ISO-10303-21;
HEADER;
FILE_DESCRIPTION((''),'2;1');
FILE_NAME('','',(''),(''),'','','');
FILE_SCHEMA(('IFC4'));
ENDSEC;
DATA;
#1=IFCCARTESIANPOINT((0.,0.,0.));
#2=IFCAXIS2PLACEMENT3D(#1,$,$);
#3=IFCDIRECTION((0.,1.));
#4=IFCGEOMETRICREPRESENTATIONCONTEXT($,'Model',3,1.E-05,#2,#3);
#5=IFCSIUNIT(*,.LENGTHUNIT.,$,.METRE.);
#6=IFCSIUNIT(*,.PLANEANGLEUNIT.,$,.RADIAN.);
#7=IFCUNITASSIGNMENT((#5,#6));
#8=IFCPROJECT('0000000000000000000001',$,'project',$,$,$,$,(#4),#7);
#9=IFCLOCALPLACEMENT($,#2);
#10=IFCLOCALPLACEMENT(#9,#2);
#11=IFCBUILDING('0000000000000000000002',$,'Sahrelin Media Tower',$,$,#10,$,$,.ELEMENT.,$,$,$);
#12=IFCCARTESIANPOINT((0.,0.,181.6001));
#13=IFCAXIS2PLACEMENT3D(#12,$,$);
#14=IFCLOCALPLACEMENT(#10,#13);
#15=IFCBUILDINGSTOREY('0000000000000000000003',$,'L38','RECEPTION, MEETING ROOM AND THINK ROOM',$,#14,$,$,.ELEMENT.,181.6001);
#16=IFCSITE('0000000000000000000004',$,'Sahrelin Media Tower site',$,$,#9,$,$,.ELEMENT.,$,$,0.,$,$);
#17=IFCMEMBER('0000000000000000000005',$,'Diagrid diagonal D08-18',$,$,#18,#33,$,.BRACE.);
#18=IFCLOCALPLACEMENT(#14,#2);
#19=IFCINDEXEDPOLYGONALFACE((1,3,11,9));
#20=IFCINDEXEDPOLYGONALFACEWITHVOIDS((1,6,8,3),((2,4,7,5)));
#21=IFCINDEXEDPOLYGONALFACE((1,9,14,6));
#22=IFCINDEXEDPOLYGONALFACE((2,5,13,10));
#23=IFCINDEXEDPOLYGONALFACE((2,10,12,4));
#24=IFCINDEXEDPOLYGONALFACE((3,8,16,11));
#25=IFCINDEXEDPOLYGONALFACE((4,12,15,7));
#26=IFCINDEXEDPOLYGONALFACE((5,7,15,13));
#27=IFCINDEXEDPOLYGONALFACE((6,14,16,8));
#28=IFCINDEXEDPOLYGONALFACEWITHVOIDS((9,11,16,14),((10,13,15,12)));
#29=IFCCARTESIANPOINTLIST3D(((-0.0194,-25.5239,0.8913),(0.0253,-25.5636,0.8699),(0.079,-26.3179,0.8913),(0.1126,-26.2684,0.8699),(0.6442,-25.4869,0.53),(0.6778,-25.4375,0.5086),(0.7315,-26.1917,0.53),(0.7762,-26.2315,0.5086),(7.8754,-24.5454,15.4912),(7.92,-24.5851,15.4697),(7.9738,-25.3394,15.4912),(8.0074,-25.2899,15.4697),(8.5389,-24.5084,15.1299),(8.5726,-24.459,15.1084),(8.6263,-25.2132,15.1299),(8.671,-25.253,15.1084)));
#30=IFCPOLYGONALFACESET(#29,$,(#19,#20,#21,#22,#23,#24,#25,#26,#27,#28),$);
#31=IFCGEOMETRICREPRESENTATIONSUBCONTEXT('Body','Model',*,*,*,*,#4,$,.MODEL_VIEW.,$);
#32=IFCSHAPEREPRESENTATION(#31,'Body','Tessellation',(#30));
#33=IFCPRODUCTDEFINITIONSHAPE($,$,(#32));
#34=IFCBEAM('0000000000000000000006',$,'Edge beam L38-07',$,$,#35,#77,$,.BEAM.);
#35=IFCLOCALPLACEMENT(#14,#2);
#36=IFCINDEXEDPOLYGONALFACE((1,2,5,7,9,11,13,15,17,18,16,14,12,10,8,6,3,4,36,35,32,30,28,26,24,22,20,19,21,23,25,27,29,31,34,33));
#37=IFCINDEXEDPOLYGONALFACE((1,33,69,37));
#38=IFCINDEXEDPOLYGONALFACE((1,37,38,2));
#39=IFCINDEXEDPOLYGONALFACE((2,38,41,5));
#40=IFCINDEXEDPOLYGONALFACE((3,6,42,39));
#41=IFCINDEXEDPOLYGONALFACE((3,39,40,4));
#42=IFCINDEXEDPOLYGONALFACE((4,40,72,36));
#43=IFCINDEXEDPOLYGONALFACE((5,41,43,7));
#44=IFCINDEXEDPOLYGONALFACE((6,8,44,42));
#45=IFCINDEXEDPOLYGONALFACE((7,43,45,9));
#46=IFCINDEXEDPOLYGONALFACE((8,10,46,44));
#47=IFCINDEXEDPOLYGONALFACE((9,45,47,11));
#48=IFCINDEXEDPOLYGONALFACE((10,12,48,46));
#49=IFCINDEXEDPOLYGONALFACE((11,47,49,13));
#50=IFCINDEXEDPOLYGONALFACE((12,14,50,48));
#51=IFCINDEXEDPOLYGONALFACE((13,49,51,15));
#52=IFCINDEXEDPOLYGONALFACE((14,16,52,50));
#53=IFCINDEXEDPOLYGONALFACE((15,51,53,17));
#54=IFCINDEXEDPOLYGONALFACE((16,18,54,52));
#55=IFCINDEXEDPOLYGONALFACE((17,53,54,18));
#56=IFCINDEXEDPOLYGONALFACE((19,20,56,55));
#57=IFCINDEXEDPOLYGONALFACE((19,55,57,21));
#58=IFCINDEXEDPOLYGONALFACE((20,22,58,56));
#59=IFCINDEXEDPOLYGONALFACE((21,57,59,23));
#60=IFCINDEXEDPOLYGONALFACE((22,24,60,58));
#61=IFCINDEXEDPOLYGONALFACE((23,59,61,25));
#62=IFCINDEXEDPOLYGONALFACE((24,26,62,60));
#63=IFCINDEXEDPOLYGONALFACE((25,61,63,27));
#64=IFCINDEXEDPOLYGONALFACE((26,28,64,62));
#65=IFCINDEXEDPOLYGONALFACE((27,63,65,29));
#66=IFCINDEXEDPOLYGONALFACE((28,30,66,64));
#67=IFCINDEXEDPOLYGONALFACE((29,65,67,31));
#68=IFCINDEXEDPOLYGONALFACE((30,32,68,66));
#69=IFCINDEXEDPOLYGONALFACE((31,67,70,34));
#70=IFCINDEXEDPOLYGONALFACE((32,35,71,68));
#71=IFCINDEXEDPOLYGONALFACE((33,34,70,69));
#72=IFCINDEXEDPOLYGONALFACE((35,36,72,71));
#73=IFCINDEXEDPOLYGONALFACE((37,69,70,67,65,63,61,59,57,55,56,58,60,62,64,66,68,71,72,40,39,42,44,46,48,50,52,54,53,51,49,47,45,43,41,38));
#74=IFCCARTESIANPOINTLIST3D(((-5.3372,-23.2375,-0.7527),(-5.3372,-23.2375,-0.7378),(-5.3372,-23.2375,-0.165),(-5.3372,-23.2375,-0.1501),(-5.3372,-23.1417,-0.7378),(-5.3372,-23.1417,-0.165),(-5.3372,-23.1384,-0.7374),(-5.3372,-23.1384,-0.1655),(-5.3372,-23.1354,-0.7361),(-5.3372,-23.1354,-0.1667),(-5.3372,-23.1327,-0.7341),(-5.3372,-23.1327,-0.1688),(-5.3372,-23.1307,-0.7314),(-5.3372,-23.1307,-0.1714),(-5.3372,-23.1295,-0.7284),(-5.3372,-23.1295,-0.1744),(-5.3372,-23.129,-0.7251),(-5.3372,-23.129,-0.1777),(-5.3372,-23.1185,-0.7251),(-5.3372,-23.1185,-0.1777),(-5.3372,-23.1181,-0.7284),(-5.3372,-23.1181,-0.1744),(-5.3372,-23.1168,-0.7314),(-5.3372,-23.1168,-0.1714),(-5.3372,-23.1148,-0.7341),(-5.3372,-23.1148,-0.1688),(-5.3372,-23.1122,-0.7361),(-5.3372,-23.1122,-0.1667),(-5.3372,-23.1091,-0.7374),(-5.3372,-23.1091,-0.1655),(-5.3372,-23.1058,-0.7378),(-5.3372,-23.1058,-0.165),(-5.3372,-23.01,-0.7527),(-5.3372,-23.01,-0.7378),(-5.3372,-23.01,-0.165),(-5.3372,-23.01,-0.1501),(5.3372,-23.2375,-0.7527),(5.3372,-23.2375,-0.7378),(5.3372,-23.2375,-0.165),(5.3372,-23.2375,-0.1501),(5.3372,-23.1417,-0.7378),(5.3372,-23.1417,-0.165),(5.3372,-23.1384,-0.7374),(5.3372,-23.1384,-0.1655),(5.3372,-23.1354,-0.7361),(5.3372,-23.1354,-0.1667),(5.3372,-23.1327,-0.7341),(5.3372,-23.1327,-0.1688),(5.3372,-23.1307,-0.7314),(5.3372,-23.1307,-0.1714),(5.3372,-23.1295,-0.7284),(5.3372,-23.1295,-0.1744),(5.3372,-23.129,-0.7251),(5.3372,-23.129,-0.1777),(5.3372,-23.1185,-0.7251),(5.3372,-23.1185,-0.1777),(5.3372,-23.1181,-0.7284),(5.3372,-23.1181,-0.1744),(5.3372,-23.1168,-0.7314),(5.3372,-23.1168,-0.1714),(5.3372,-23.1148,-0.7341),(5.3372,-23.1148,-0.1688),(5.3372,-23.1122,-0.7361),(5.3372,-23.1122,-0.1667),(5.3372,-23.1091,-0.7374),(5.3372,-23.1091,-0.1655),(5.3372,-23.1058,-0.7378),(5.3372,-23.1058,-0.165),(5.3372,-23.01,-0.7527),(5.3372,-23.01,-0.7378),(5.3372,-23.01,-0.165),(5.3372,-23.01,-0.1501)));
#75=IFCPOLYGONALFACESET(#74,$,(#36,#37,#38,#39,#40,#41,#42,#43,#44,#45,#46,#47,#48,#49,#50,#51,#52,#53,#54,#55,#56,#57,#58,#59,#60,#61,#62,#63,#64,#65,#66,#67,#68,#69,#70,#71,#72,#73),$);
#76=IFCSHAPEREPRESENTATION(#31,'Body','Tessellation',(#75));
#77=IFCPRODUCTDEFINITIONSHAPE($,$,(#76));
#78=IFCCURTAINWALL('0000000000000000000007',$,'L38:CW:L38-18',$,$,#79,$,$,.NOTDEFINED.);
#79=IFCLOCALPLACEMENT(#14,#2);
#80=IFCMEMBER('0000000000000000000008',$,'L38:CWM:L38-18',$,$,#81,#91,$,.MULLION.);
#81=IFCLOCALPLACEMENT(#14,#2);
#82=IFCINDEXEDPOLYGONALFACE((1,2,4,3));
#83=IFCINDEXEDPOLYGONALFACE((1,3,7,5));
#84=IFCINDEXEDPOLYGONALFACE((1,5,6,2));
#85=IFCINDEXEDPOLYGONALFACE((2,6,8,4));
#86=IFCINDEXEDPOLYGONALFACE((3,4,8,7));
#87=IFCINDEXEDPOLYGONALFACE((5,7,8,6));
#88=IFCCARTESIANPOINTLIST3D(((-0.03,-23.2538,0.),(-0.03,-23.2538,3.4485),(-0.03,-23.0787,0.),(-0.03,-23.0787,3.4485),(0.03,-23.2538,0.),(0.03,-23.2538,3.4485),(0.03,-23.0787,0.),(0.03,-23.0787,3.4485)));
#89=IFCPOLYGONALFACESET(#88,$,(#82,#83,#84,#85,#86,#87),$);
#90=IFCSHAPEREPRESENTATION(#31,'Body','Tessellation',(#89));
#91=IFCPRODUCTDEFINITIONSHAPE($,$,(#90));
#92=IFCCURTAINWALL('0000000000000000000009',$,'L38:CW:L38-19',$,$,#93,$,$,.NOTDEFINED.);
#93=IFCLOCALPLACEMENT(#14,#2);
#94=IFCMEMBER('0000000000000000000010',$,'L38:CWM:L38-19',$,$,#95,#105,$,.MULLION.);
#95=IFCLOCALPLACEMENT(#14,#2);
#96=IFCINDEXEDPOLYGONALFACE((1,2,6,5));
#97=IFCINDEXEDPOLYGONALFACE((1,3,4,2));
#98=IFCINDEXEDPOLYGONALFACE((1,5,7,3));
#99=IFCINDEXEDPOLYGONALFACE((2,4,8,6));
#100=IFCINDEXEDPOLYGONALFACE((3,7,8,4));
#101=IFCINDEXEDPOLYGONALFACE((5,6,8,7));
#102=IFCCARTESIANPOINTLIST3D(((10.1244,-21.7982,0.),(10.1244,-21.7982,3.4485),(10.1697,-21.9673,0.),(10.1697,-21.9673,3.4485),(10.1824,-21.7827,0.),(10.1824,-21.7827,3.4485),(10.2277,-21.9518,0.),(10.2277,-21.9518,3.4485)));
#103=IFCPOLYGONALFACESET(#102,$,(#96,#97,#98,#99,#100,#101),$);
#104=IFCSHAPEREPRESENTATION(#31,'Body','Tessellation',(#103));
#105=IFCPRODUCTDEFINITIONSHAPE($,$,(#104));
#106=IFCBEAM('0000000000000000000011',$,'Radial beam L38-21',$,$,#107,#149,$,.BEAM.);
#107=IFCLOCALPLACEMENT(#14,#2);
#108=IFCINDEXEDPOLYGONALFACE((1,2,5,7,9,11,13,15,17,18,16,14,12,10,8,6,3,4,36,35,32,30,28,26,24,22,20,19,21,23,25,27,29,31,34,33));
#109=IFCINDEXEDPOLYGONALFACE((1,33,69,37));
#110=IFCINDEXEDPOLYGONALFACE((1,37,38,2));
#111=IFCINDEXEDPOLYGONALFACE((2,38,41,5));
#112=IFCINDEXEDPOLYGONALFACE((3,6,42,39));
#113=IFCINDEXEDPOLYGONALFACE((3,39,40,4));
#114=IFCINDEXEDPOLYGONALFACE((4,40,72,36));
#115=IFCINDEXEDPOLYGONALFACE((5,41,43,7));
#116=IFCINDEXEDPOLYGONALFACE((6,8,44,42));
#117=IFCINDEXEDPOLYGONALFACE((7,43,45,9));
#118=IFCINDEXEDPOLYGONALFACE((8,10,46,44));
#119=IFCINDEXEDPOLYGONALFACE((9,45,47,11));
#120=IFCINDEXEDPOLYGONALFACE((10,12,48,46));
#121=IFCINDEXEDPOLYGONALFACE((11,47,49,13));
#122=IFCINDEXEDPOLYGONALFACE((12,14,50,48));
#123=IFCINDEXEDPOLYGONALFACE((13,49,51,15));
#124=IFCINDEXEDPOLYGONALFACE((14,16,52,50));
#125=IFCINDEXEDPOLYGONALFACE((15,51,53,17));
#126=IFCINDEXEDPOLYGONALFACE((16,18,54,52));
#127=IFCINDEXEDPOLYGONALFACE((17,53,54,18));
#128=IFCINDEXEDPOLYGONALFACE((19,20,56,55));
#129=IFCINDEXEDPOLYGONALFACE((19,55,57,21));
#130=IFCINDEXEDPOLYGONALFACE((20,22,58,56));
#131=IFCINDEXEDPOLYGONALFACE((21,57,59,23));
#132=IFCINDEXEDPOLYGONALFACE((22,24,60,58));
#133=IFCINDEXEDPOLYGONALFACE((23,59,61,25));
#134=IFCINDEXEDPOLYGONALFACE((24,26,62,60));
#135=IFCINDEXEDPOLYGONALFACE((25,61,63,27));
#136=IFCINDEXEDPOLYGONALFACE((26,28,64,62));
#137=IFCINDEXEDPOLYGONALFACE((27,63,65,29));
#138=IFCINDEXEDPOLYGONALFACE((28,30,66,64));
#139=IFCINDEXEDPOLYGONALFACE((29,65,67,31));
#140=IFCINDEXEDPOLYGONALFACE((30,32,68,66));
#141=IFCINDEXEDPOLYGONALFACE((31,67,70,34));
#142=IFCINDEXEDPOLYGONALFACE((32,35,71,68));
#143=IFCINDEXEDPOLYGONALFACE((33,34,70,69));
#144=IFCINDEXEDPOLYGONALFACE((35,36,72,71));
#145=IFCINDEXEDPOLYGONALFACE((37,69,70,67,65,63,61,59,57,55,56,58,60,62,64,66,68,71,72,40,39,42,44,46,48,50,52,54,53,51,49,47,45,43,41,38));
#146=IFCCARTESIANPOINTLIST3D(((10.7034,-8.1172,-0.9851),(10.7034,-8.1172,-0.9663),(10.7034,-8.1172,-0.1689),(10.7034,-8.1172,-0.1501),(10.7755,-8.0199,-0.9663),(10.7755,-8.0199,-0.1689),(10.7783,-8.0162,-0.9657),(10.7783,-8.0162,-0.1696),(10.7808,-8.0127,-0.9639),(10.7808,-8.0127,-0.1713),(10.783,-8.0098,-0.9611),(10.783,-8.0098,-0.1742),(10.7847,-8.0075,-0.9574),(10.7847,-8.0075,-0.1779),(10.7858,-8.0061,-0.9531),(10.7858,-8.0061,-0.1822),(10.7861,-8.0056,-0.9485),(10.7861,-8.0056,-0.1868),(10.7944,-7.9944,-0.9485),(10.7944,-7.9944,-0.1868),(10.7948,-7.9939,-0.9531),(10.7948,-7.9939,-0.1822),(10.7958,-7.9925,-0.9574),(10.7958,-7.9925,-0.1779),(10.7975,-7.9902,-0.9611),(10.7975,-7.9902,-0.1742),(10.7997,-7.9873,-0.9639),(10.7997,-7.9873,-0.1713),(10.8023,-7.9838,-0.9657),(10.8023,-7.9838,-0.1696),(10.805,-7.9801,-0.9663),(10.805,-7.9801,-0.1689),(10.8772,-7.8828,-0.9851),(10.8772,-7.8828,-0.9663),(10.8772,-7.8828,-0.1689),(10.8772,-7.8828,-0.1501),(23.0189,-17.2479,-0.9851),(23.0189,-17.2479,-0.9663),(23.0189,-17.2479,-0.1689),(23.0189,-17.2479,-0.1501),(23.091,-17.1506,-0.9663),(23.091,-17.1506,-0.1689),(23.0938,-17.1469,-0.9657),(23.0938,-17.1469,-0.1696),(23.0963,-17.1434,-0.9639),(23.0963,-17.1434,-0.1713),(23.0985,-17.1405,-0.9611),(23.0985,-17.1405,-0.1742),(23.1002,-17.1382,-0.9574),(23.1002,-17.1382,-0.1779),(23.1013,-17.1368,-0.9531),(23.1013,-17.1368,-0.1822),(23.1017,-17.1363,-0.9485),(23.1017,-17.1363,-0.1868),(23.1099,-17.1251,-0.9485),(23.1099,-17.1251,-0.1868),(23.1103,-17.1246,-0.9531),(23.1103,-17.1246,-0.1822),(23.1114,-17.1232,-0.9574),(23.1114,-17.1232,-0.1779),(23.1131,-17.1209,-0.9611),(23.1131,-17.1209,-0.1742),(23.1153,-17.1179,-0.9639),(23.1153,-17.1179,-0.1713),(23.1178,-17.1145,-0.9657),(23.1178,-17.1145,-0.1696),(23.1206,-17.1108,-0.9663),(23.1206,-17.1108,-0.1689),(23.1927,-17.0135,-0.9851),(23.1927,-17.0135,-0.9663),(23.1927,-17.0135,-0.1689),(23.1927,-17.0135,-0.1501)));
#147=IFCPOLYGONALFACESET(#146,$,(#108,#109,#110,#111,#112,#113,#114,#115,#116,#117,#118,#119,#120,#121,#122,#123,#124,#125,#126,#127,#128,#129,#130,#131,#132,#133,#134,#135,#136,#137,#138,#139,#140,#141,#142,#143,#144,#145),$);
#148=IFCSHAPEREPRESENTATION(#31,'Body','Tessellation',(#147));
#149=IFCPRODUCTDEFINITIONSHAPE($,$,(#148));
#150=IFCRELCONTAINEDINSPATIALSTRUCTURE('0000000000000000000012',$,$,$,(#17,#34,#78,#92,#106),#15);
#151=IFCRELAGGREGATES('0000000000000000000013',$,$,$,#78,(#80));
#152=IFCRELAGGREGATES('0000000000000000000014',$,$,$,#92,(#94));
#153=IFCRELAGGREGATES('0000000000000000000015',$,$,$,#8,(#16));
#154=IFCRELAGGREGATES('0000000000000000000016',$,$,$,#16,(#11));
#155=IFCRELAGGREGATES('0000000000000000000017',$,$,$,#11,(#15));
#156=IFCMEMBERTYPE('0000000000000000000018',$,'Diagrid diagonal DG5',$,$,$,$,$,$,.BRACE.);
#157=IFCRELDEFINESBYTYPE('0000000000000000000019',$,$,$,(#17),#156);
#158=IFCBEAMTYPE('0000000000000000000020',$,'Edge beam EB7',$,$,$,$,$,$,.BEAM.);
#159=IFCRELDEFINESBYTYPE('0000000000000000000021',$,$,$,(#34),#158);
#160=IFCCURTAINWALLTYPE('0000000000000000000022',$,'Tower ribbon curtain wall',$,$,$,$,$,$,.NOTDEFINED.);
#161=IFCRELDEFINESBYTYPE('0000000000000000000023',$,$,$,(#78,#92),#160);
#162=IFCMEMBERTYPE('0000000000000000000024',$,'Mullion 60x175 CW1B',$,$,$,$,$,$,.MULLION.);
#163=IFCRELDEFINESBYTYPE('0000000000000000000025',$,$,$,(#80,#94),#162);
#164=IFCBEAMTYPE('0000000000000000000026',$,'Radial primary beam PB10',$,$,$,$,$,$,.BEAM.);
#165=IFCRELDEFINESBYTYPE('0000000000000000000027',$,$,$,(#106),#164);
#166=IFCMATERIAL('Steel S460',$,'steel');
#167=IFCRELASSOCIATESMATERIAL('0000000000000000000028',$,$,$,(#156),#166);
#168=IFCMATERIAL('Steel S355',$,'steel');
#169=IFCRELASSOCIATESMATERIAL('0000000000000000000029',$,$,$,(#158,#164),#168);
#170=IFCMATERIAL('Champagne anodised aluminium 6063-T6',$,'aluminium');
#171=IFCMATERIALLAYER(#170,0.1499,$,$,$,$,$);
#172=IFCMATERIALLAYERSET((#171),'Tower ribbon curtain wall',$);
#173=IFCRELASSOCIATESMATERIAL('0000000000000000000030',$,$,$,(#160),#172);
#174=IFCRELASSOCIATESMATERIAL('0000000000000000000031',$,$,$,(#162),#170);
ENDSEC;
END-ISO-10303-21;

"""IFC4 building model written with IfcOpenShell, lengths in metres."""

from ifc_helpers import new_model, si_unit, direction, frame, origin, origin_2d, place, context, subcontext, project, spatial, rectangle, hollow_rectangle, i_section, extrude, material, layer, layer_set, material_profile, profile_set, type_object, element, aggregate, save


model = new_model("IFC4")

# Units and contexts
model_context = context("Model", 3, precision=1e-05, world=origin(), true_north=direction((0.0, 1.0)))
body_context = subcontext(model_context, "Body", "Model", "MODEL_VIEW")
ifc_project = project(units=[si_unit("LENGTHUNIT", "METRE"), si_unit("PLANEANGLEUNIT", "RADIAN")], contexts=[model_context])

# Site, building, storey
site_placement = place(None, origin())
site = spatial("IfcSite", under=ifc_project, at=site_placement, Name="Sahrelin Media Tower site", CompositionType="ELEMENT", RefElevation=0.0)
building_placement = place(site_placement, origin())
building = spatial("IfcBuilding", under=site, at=building_placement, Name="Sahrelin Media Tower", CompositionType="ELEMENT")
storey_placement = place(building_placement, frame((0.0, 0.0, 181.6001)))
storey = spatial("IfcBuildingStorey", under=building, at=storey_placement, Name="L38", Description="RECEPTION, MEETING ROOM AND THINK ROOM", CompositionType="ELEMENT", Elevation=181.6001)

# Member
ifc_material_1 = material(Name="Steel S460", Category="steel")
ifc_material_profile_1 = material_profile(ifc_material_1, hollow_rectangle(XDim=0.8, YDim=0.8, WallThickness=0.0449, at=origin_2d()), Name="Diagrid diagonal DG5")
ifc_profile_set_1 = profile_set([ifc_material_profile_1], Name="Steel S460")
member_type_1 = type_object("IfcMemberType", Name="Diagrid diagonal DG5", PredefinedType="BRACE", material=ifc_profile_set_1)
member_1_placement = place(storey_placement, frame((0.3784, -25.8777, 0.7), z_axis=(0.474831, 0.058853, 0.878107), x_axis=(-0.123004, 0.992406, 0.0)))
element("IfcMember", 1, at=member_1_placement, inside=storey, type_object=member_type_1, Name="Diagrid diagonal D08-18", PredefinedType="BRACE", context=body_context, shape_type="SweptSolid", body=[
    extrude(hollow_rectangle(XDim=0.8, YDim=0.8, WallThickness=0.0449, at=origin_2d()), origin(), (0.0, 0.0, 1.0), 16.6265),
])

# Beam
ifc_material_2 = material(Name="Steel S355", Category="steel")
ifc_material_profile_2 = material_profile(ifc_material_2, i_section(OverallWidth=0.2275, OverallDepth=0.6025, WebThickness=0.0105, FlangeThickness=0.0149, FilletRadius=0.0127, at=origin_2d()), Name="UB 610x229x101")
ifc_profile_set_2 = profile_set([ifc_material_profile_2], Name="Steel S355")
beam_type_1 = type_object("IfcBeamType", Name="Edge beam EB7", PredefinedType="BEAM", material=ifc_profile_set_2)
beam_1_placement = place(storey_placement, frame((5.3372, -23.1238, -0.4514), z_axis=(-1.0, 0.0, 0.0), x_axis=(0.0, -1.0, 0.0)))
element("IfcBeam", 2, at=beam_1_placement, inside=storey, type_object=beam_type_1, Name="Edge beam L38-07", PredefinedType="BEAM", context=body_context, shape_type="SweptSolid", body=[
    extrude(i_section(OverallWidth=0.2275, OverallDepth=0.6025, WebThickness=0.0105, FlangeThickness=0.0149, FilletRadius=0.0127, at=origin_2d()), origin(), (0.0, 0.0, 1.0), 10.6743),
])

# Curtain walls, members
ifc_material_3 = material(Name="Champagne anodised aluminium 6063-T6", Category="aluminium")
ifc_layer_1 = layer(ifc_material_3, 0.1499)
ifc_layer_set_1 = layer_set([ifc_layer_1], Name="Tower ribbon curtain wall")
curtain_wall_type = type_object("IfcCurtainWallType", Name="Tower ribbon curtain wall", PredefinedType="NOTDEFINED", material=ifc_layer_set_1)
curtain_wall_1_placement = place(storey_placement, frame((0.0, -23.2737, 0.0), z_axis=(0.0, 0.0, 1.0), x_axis=(1.0, 0.0, 0.0)))
curtain_wall_1 = element("IfcCurtainWall", 3, at=curtain_wall_1_placement, inside=storey, type_object=curtain_wall_type, Name="L38:CW:L38-18", PredefinedType="NOTDEFINED")
ifc_material_profile_3 = material_profile(ifc_material_3, rectangle(XDim=0.0601, YDim=0.175, at=origin_2d()), Name="Mullion 60x175")
ifc_profile_set_3 = profile_set([ifc_material_profile_3], Name="Champagne anodised aluminium 6063-T6")
member_type_2 = type_object("IfcMemberType", Name="Mullion 60x175 CW1B", PredefinedType="MULLION", material=ifc_profile_set_3)
member_2_placement = place(storey_placement, frame((0.0, -23.1663, 0.0), z_axis=(0.0, 0.0, 1.0), x_axis=(1.0, 0.0, 0.0)))
member_2 = element("IfcMember", 4, at=member_2_placement, type_object=member_type_2, Name="L38:CWM:L38-18", PredefinedType="MULLION", context=body_context, shape_type="SweptSolid", body=[
    extrude(rectangle(XDim=0.0601, YDim=0.175, at=origin_2d()), origin(), (0.0, 0.0, 1.0), 3.4485),
])
aggregate(curtain_wall_1, [member_2])
curtain_wall_2_placement = place(storey_placement, frame((10.2041, -21.979, 0.0), z_axis=(0.0, 0.0, 1.0), x_axis=(1.0, 0.0, 0.0)))
curtain_wall_2 = element("IfcCurtainWall", 5, at=curtain_wall_2_placement, inside=storey, type_object=curtain_wall_type, Name="L38:CW:L38-19", PredefinedType="NOTDEFINED")
member_3_placement = place(storey_placement, frame((10.176, -21.875, 0.0), z_axis=(0.0, 0.0, 1.0), x_axis=(0.965927, 0.258814, 0.0)))
member_3 = element("IfcMember", 6, at=member_3_placement, type_object=member_type_2, Name="L38:CWM:L38-19", PredefinedType="MULLION", context=body_context, shape_type="SweptSolid", body=[
    extrude(rectangle(XDim=0.0601, YDim=0.175, at=origin_2d()), origin(), (0.0, 0.0, 1.0), 3.4485),
])

# Beam
ifc_material_profile_4 = material_profile(ifc_material_2, i_section(OverallWidth=0.2917, OverallDepth=0.835, WebThickness=0.0139, FlangeThickness=0.0188, FilletRadius=0.0178, at=origin_2d()), Name="UB 838x292x176")
ifc_profile_set_4 = profile_set([ifc_material_profile_4], Name="Steel S355")
beam_type_2 = type_object("IfcBeamType", Name="Radial primary beam PB10", PredefinedType="BEAM", material=ifc_profile_set_4)
beam_2_placement = place(storey_placement, frame((10.7903, -8.0, -0.5676), z_axis=(0.803305, -0.595568, 0.0), x_axis=(0.595568, 0.803305, 0.0)))
element("IfcBeam", 7, at=beam_2_placement, inside=storey, type_object=beam_type_2, Name="Radial beam L38-21", PredefinedType="BEAM", context=body_context, shape_type="SweptSolid", body=[
    extrude(i_section(OverallWidth=0.2917, OverallDepth=0.835, WebThickness=0.0139, FlangeThickness=0.0188, FilletRadius=0.0178, at=origin_2d()), origin(), (0.0, 0.0, 1.0), 15.3311),
])

aggregate(curtain_wall_2, [member_3])

save(model, "model.ifc")
